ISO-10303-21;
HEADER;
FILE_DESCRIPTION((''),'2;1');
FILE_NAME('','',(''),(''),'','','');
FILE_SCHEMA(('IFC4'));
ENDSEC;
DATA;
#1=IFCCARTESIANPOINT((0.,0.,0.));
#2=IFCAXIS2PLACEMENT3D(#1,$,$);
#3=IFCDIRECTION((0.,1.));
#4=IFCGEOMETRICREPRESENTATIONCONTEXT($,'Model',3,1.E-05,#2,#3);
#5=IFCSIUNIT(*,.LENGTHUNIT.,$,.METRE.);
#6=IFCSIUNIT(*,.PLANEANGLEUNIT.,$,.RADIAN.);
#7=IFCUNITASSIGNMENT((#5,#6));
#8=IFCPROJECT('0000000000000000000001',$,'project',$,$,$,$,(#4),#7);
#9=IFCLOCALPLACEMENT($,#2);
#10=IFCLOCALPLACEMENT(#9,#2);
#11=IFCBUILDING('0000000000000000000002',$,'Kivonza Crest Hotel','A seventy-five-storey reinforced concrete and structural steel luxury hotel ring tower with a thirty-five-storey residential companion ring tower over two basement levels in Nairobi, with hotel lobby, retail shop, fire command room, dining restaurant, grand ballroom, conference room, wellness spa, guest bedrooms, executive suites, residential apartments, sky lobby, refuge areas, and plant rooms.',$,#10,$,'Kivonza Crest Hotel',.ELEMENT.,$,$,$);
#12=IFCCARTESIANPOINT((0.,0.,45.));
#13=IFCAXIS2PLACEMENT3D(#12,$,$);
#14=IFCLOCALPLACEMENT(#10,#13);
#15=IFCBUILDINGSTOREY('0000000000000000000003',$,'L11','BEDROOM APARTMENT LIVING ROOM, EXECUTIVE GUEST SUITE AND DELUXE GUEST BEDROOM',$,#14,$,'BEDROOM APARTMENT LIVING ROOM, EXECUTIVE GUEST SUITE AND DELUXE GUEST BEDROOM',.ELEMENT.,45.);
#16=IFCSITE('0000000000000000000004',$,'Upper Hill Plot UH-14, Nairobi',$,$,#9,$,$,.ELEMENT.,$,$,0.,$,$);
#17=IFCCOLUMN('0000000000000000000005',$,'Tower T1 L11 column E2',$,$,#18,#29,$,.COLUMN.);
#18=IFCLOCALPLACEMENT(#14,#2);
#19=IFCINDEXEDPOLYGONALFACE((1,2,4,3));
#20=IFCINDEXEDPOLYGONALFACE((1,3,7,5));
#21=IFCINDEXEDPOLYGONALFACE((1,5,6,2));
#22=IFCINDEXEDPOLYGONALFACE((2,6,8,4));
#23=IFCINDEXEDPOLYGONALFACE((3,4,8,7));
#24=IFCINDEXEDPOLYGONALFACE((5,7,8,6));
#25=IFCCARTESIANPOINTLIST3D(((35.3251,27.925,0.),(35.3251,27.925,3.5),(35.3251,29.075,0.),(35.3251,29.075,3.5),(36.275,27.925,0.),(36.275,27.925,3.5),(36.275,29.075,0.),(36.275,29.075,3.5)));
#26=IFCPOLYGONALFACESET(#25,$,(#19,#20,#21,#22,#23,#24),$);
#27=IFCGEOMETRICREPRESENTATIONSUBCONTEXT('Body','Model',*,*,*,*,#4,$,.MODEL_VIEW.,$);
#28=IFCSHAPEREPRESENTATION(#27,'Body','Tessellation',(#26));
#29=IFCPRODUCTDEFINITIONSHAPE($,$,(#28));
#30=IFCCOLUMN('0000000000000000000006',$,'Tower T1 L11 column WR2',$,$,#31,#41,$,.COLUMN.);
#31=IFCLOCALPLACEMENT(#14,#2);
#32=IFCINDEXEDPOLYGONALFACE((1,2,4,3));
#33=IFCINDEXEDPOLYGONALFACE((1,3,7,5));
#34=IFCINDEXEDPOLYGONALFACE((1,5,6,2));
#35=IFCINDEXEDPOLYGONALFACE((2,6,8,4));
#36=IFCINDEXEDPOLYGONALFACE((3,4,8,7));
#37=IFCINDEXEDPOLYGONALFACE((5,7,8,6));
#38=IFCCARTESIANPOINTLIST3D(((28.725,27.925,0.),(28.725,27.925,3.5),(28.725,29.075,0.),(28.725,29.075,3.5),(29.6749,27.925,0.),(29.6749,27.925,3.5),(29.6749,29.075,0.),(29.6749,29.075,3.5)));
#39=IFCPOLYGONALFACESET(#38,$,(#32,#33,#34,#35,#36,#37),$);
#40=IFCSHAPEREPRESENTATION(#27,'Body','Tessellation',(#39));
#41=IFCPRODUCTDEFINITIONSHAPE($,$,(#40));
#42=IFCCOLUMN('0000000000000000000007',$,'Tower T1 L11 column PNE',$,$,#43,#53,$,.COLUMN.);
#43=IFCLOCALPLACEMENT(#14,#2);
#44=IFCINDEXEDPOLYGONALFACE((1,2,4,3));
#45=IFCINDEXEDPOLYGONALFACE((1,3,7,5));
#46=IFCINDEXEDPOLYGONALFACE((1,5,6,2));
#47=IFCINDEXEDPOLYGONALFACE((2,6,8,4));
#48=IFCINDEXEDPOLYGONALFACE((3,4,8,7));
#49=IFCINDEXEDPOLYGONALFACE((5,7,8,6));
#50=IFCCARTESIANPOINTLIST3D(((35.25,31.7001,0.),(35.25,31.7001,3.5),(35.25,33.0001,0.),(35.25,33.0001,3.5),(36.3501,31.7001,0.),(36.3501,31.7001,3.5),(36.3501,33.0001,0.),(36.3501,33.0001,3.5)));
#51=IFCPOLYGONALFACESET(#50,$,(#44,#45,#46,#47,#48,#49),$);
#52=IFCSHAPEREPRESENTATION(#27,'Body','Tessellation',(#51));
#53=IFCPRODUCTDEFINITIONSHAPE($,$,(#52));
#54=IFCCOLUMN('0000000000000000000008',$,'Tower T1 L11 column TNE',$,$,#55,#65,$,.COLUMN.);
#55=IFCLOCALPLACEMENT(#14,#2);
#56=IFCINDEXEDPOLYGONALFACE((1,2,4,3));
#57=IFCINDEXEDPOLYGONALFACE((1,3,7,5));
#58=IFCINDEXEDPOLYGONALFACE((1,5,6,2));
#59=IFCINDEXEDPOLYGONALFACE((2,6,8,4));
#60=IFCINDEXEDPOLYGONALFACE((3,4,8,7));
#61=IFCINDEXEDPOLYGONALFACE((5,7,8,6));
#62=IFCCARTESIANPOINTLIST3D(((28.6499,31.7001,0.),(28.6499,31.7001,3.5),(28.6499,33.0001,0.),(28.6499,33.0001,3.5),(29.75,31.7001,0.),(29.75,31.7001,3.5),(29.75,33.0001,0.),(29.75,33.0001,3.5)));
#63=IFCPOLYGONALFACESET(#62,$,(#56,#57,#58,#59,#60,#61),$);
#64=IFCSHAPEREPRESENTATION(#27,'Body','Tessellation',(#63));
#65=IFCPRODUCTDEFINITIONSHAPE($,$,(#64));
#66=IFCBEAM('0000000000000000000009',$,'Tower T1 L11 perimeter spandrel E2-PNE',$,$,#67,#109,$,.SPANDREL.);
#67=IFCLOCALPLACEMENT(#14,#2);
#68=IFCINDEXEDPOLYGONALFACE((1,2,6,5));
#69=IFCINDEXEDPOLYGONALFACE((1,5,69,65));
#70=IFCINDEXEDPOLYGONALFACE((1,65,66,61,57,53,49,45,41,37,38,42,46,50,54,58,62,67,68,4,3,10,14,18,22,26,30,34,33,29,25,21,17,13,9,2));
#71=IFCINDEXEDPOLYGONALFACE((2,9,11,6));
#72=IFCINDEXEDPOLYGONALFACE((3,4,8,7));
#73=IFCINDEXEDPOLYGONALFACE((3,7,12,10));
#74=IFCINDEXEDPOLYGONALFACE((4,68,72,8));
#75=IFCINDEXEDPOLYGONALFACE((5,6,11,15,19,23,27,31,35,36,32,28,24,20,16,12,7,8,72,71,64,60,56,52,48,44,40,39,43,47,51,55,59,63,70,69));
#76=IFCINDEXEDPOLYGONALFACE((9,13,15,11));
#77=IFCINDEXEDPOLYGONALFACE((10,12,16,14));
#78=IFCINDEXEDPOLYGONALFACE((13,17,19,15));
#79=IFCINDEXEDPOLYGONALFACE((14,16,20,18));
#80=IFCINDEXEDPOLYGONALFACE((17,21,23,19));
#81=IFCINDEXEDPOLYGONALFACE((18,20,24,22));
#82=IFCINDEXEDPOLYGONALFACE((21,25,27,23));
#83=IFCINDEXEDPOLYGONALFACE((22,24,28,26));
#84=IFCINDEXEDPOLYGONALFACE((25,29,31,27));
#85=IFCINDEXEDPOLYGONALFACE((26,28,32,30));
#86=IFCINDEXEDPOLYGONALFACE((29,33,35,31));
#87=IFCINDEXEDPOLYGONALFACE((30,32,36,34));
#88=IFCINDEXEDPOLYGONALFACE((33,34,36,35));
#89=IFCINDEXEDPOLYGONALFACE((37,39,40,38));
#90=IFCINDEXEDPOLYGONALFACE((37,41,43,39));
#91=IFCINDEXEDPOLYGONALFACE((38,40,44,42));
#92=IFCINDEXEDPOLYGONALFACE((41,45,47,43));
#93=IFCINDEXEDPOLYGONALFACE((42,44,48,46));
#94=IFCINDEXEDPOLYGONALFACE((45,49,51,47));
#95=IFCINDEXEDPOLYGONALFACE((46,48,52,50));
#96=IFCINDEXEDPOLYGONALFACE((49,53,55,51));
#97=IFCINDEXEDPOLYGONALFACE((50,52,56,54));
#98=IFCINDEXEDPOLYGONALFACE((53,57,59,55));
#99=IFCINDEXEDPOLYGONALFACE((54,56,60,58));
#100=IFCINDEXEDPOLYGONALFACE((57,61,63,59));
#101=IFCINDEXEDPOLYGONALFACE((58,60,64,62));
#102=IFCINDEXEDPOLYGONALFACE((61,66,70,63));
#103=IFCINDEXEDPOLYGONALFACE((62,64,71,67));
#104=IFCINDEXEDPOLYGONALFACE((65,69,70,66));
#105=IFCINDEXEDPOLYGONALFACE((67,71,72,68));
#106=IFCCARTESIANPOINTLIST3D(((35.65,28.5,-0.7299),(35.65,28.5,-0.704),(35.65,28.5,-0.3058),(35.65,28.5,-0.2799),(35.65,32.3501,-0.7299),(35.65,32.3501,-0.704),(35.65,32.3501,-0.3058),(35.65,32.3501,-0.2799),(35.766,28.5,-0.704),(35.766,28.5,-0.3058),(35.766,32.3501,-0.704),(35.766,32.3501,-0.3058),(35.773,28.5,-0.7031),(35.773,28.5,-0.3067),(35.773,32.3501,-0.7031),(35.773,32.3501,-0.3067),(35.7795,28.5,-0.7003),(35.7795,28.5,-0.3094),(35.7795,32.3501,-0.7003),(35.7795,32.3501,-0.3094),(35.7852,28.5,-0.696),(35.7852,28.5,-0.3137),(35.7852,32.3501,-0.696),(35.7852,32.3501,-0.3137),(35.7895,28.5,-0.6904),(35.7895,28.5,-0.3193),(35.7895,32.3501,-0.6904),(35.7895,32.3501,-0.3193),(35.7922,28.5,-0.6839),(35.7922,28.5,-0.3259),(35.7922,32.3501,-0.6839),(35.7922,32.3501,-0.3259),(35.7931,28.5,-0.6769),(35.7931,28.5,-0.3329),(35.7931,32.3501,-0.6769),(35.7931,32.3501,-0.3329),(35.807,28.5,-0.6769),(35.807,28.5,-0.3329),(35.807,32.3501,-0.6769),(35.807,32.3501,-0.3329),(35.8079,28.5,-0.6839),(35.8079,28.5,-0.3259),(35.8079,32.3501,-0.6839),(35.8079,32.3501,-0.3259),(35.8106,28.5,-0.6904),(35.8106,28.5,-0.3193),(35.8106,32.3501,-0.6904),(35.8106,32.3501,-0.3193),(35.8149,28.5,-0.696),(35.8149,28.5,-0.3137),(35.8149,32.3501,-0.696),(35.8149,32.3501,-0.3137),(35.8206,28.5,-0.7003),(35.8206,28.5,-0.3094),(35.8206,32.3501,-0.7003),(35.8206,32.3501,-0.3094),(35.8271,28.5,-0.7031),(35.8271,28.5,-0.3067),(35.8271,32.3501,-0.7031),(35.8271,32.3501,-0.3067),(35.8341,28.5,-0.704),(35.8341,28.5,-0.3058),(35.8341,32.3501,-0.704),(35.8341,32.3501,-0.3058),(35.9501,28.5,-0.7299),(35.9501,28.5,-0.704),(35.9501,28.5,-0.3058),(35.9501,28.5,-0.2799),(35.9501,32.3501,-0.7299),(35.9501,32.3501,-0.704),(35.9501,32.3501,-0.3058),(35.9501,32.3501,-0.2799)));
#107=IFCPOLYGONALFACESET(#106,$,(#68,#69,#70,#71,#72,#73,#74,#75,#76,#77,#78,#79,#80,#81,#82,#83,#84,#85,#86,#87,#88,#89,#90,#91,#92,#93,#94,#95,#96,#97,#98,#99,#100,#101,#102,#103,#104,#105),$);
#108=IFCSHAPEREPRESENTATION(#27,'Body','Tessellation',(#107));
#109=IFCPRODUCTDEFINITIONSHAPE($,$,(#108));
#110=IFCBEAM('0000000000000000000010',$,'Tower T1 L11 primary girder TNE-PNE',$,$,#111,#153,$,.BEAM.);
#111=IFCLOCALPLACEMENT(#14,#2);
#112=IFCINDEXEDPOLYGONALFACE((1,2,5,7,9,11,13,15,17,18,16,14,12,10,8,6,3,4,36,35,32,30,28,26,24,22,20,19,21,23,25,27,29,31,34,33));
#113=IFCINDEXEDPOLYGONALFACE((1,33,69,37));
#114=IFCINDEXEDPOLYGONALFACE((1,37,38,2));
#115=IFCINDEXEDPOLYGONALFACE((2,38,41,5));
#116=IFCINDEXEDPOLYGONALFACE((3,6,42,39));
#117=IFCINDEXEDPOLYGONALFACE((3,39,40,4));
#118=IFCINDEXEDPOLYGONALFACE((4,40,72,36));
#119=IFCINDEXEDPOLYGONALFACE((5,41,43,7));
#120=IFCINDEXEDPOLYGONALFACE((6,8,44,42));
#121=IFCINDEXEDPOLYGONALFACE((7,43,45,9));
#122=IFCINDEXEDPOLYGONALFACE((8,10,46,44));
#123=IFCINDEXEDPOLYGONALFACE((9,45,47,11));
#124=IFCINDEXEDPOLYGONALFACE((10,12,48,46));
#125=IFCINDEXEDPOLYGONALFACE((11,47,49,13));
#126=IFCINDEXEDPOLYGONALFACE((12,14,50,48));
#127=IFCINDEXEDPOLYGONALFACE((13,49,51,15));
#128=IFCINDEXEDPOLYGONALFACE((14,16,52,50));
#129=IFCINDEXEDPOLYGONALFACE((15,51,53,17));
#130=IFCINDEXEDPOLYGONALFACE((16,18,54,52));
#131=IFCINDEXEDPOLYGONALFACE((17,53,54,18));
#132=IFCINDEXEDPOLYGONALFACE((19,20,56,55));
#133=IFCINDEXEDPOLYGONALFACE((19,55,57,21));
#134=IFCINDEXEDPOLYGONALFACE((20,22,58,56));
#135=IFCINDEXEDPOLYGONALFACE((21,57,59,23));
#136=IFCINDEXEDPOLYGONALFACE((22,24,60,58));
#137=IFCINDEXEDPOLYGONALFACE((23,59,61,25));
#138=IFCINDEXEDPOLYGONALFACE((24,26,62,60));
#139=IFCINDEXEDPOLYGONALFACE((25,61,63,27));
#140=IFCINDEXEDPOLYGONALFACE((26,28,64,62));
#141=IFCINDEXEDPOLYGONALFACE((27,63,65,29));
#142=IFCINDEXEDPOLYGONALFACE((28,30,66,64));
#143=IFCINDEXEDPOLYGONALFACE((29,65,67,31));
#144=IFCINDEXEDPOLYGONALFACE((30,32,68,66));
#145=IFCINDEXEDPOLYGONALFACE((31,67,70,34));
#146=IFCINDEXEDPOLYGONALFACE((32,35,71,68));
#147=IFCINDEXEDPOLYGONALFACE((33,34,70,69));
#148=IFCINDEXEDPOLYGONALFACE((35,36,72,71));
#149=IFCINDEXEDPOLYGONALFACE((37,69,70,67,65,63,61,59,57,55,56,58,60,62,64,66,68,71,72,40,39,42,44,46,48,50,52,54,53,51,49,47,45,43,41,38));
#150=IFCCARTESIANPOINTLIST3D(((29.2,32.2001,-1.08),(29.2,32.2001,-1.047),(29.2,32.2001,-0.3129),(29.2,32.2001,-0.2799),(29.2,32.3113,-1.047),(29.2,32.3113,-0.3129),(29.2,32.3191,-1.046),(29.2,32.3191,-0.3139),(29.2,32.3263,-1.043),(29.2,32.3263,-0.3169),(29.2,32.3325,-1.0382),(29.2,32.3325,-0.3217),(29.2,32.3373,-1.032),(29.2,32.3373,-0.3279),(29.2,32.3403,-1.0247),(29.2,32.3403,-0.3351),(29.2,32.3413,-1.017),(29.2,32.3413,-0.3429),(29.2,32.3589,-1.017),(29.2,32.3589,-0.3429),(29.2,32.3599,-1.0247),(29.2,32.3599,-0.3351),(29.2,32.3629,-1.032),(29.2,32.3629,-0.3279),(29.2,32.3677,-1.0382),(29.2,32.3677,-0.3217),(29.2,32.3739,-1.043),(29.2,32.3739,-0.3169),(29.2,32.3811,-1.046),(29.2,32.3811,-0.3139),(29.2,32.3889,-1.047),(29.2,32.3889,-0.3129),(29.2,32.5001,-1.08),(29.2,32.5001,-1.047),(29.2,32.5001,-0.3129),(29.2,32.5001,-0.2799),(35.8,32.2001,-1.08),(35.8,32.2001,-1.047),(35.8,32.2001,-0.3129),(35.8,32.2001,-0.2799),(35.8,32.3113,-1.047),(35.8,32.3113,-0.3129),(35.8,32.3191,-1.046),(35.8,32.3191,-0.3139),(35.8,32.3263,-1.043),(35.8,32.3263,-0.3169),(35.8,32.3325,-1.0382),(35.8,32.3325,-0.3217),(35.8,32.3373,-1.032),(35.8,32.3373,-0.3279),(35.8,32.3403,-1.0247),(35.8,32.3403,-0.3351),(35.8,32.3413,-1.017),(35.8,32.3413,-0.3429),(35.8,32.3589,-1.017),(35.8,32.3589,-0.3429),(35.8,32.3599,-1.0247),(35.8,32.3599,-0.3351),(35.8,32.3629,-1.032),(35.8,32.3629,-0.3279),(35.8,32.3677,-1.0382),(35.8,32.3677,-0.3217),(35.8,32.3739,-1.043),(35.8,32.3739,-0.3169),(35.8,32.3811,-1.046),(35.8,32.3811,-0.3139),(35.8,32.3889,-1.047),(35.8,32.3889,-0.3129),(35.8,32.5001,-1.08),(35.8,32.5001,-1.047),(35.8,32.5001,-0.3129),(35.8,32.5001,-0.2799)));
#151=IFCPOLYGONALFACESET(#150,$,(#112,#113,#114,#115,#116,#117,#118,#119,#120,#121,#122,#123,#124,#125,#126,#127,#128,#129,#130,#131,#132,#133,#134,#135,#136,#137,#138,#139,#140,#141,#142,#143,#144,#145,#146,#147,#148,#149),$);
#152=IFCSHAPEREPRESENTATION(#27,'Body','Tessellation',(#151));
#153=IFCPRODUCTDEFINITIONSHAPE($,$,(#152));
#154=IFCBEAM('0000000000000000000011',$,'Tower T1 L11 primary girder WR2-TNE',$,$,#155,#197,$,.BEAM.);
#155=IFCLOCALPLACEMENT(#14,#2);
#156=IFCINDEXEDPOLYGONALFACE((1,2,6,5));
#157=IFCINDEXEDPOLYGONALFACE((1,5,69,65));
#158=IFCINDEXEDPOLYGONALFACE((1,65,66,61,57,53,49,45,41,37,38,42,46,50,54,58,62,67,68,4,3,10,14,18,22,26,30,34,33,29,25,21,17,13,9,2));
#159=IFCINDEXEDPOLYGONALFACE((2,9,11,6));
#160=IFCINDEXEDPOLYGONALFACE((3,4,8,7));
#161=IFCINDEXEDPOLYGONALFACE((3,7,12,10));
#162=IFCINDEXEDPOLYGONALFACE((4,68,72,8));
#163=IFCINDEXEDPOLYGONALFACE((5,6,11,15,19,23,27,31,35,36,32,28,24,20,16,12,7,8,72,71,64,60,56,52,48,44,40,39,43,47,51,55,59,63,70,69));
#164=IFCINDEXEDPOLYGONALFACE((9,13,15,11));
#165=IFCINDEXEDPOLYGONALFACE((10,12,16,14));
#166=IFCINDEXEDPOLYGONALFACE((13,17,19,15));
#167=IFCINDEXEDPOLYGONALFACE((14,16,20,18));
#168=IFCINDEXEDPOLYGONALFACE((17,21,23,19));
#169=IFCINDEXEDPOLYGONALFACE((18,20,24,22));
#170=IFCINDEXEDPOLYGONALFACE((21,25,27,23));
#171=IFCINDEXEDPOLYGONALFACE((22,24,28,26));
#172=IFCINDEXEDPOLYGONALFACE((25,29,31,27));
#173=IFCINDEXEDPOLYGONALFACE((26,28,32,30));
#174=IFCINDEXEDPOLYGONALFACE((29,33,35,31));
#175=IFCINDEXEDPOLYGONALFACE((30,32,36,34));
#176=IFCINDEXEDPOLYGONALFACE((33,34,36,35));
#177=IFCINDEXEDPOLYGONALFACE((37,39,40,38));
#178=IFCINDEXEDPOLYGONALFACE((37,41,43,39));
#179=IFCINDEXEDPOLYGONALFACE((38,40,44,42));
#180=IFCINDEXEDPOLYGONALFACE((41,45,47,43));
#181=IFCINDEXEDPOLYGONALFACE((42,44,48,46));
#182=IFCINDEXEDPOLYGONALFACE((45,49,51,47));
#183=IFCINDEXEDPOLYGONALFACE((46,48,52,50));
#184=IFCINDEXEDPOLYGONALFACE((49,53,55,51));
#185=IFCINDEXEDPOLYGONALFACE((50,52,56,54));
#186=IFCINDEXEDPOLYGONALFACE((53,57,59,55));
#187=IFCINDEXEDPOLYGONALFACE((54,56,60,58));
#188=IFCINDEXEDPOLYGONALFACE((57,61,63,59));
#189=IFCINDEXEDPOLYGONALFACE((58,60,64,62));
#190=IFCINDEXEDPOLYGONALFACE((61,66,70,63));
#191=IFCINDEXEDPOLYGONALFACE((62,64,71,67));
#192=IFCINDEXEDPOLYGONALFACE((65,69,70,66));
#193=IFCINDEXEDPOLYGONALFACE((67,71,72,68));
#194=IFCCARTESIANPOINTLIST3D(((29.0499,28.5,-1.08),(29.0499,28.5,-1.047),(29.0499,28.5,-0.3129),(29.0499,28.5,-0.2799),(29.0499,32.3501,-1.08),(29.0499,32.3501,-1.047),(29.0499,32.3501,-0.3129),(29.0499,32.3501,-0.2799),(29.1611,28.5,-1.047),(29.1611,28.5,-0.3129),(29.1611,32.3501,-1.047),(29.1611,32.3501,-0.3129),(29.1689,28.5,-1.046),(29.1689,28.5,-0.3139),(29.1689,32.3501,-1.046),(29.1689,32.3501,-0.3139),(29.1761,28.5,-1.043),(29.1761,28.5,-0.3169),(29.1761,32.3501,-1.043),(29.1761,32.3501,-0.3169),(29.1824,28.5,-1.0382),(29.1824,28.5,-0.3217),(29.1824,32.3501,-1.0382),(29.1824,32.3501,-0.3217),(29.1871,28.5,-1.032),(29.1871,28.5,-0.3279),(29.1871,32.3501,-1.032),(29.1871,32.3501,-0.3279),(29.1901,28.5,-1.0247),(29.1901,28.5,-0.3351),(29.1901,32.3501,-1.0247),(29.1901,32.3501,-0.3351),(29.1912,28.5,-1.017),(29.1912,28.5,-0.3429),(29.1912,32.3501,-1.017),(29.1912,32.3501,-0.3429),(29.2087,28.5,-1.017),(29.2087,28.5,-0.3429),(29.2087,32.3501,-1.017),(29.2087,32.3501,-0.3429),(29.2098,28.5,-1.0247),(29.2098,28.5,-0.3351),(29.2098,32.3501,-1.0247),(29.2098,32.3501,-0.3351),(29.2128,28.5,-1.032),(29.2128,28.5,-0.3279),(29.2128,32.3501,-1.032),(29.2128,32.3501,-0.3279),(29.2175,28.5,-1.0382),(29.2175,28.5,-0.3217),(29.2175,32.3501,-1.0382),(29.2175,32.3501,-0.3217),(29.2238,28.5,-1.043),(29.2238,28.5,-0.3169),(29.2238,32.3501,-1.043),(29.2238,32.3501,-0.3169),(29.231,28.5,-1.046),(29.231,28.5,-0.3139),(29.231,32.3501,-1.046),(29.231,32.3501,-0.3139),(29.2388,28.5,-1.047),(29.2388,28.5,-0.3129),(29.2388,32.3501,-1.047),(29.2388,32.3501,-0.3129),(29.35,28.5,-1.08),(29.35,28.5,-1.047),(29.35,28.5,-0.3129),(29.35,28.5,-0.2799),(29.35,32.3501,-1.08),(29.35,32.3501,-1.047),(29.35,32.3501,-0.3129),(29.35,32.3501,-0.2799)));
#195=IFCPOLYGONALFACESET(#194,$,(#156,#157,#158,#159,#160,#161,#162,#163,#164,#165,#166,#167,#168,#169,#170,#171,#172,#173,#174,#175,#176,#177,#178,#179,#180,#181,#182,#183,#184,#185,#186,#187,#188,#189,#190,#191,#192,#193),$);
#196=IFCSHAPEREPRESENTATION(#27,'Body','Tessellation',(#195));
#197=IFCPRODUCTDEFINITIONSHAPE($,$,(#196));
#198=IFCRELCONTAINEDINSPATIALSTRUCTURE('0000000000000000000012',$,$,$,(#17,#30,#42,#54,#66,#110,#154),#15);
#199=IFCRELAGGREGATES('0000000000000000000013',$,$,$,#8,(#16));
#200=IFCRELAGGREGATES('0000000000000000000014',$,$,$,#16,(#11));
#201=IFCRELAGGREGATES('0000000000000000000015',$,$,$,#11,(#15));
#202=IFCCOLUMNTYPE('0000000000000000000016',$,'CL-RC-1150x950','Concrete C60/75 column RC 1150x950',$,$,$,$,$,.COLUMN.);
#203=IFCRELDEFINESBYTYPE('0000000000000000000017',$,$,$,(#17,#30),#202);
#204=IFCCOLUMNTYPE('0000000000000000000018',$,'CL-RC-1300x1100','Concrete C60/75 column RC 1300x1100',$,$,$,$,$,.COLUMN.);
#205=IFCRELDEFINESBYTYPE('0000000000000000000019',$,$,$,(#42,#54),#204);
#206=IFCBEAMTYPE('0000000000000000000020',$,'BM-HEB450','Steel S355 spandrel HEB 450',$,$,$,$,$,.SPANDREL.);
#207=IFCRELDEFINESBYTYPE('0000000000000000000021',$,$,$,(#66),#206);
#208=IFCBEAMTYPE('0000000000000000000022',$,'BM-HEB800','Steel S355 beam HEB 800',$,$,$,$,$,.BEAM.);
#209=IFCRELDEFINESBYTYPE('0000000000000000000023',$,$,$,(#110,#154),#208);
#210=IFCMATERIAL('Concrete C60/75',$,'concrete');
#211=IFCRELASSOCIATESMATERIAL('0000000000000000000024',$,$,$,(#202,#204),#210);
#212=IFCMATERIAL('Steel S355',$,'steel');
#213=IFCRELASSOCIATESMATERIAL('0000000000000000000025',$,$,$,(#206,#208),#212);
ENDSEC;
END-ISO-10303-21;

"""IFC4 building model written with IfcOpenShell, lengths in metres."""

from ifc_helpers import new_model, si_unit, direction, frame, origin, origin_2d, place, context, subcontext, project, spatial, rectangle, i_section, extrude, material, material_profile, profile_set, type_object, element, save


model = new_model("IFC4")

# Units and contexts
model_context = context("Model", 3, precision=1e-05, world=origin(), true_north=direction((0.0, 1.0)))
body_context = subcontext(model_context, "Body", "Model", "MODEL_VIEW")
ifc_project = project(units=[si_unit("LENGTHUNIT", "METRE"), si_unit("PLANEANGLEUNIT", "RADIAN")], contexts=[model_context])

# Site, building, storey
site_placement = place(None, origin())
site = spatial("IfcSite", under=ifc_project, at=site_placement, Name="Upper Hill Plot UH-14, Nairobi", CompositionType="ELEMENT", RefElevation=0.0)
building_placement = place(site_placement, origin())
building = spatial("IfcBuilding", under=site, at=building_placement, Name="Kivonza Crest Hotel", Description="A seventy-five-storey reinforced concrete and structural steel luxury hotel ring tower with a thirty-five-storey residential companion ring tower over two basement levels in Nairobi, with hotel lobby, retail shop, fire command room, dining restaurant, grand ballroom, conference room, wellness spa, guest bedrooms, executive suites, residential apartments, sky lobby, refuge areas, and plant rooms.", LongName="Kivonza Crest Hotel", CompositionType="ELEMENT")
storey_placement = place(building_placement, frame((0.0, 0.0, 45.0)))
storey = spatial("IfcBuildingStorey", under=building, at=storey_placement, Name="L11", Description="BEDROOM APARTMENT LIVING ROOM, EXECUTIVE GUEST SUITE AND DELUXE GUEST BEDROOM", LongName="BEDROOM APARTMENT LIVING ROOM, EXECUTIVE GUEST SUITE AND DELUXE GUEST BEDROOM", CompositionType="ELEMENT", Elevation=45.0)

# Columns
ifc_material_1 = material(Name="Concrete C60/75", Category="concrete")
ifc_material_profile_1 = material_profile(ifc_material_1, rectangle(XDim=0.95, YDim=1.1499, at=origin_2d()), Name="RC 1150x950")
ifc_profile_set_1 = profile_set([ifc_material_profile_1], Name="Concrete C60/75")
column_type_1 = type_object("IfcColumnType", Name="CL-RC-1150x950", Description="Concrete C60/75 column RC 1150x950", PredefinedType="COLUMN", material=ifc_profile_set_1)
for number, where, z_axis, x_axis, name in (
    (1, (35.8, 28.5, 0.0), (0.0, 0.0, 1.0), (1.0, 0.0, 0.0), "Tower T1 L11 column E2"),
    (2, (29.2, 28.5, 0.0), (0.0, 0.0, 1.0), (1.0, 0.0, 0.0), "Tower T1 L11 column WR2"),
):
    element("IfcColumn", number, at=place(storey_placement, frame(where, z_axis=z_axis, x_axis=x_axis)), inside=storey, type_object=column_type_1, Name=name, PredefinedType="COLUMN", context=body_context, shape_type="SweptSolid", body=[
        extrude(rectangle(XDim=0.95, YDim=1.1499, at=origin_2d()), origin(), (0.0, 0.0, 1.0), 3.5),
    ])
ifc_material_profile_2 = material_profile(ifc_material_1, rectangle(XDim=1.1001, YDim=1.3, at=origin_2d()), Name="RC 1300x1100")
ifc_profile_set_2 = profile_set([ifc_material_profile_2], Name="Concrete C60/75")
column_type_2 = type_object("IfcColumnType", Name="CL-RC-1300x1100", Description="Concrete C60/75 column RC 1300x1100", PredefinedType="COLUMN", material=ifc_profile_set_2)
for number, where, z_axis, x_axis, name in (
    (3, (35.8, 32.3501, 0.0), (0.0, 0.0, 1.0), (1.0, 0.0, 0.0), "Tower T1 L11 column PNE"),
    (4, (29.2, 32.3501, 0.0), (0.0, 0.0, 1.0), (1.0, 0.0, 0.0), "Tower T1 L11 column TNE"),
):
    element("IfcColumn", number, at=place(storey_placement, frame(where, z_axis=z_axis, x_axis=x_axis)), inside=storey, type_object=column_type_2, Name=name, PredefinedType="COLUMN", context=body_context, shape_type="SweptSolid", body=[
        extrude(rectangle(XDim=1.1001, YDim=1.3, at=origin_2d()), origin(), (0.0, 0.0, 1.0), 3.5),
    ])

# Beams
ifc_material_2 = material(Name="Steel S355", Category="steel")
ifc_material_profile_3 = material_profile(ifc_material_2, i_section(OverallWidth=0.3, OverallDepth=0.45, WebThickness=0.0139, FlangeThickness=0.0259, FilletRadius=0.0271, at=origin_2d()), Name="HEB 450")
ifc_profile_set_3 = profile_set([ifc_material_profile_3], Name="Steel S355")
beam_type_1 = type_object("IfcBeamType", Name="BM-HEB450", Description="Steel S355 spandrel HEB 450", PredefinedType="SPANDREL", material=ifc_profile_set_3)
beam_1_placement = place(storey_placement, frame((35.8, 28.5, -0.5049), z_axis=(0.0, 1.0, 0.0), x_axis=(-1.0, 0.0, 0.0)))
element("IfcBeam", 5, at=beam_1_placement, inside=storey, type_object=beam_type_1, Name="Tower T1 L11 perimeter spandrel E2-PNE", PredefinedType="SPANDREL", context=body_context, shape_type="SweptSolid", body=[
    extrude(i_section(OverallWidth=0.3, OverallDepth=0.45, WebThickness=0.0139, FlangeThickness=0.0259, FilletRadius=0.0271, at=origin_2d()), origin(), (0.0, 0.0, 1.0), 3.8501),
])
ifc_material_profile_4 = material_profile(ifc_material_2, i_section(OverallWidth=0.3, OverallDepth=0.8, WebThickness=0.0176, FlangeThickness=0.033, FilletRadius=0.03, at=origin_2d()), Name="HEB 800")
ifc_profile_set_4 = profile_set([ifc_material_profile_4], Name="Steel S355")
beam_type_2 = type_object("IfcBeamType", Name="BM-HEB800", Description="Steel S355 beam HEB 800", PredefinedType="BEAM", material=ifc_profile_set_4)
beam_2_placement = place(storey_placement, frame((29.2, 32.3501, -0.6799), z_axis=(1.0, 0.0, 0.0), x_axis=(0.0, 1.0, 0.0)))
element("IfcBeam", 6, at=beam_2_placement, inside=storey, type_object=beam_type_2, Name="Tower T1 L11 primary girder TNE-PNE", PredefinedType="BEAM", context=body_context, shape_type="SweptSolid", body=[
    extrude(i_section(OverallWidth=0.3, OverallDepth=0.8, WebThickness=0.0176, FlangeThickness=0.033, FilletRadius=0.03, at=origin_2d()), origin(), (0.0, 0.0, 1.0), 6.6001),
])
beam_3_placement = place(storey_placement, frame((29.2, 28.5, -0.6799), z_axis=(0.0, 1.0, 0.0), x_axis=(-1.0, 0.0, 0.0)))
element("IfcBeam", 7, at=beam_3_placement, inside=storey, type_object=beam_type_2, Name="Tower T1 L11 primary girder WR2-TNE", PredefinedType="BEAM", context=body_context, shape_type="SweptSolid", body=[
    extrude(i_section(OverallWidth=0.3, OverallDepth=0.8, WebThickness=0.0176, FlangeThickness=0.033, FilletRadius=0.03, at=origin_2d()), origin(), (0.0, 0.0, 1.0), 3.8501),
])

save(model, "model.ifc")
